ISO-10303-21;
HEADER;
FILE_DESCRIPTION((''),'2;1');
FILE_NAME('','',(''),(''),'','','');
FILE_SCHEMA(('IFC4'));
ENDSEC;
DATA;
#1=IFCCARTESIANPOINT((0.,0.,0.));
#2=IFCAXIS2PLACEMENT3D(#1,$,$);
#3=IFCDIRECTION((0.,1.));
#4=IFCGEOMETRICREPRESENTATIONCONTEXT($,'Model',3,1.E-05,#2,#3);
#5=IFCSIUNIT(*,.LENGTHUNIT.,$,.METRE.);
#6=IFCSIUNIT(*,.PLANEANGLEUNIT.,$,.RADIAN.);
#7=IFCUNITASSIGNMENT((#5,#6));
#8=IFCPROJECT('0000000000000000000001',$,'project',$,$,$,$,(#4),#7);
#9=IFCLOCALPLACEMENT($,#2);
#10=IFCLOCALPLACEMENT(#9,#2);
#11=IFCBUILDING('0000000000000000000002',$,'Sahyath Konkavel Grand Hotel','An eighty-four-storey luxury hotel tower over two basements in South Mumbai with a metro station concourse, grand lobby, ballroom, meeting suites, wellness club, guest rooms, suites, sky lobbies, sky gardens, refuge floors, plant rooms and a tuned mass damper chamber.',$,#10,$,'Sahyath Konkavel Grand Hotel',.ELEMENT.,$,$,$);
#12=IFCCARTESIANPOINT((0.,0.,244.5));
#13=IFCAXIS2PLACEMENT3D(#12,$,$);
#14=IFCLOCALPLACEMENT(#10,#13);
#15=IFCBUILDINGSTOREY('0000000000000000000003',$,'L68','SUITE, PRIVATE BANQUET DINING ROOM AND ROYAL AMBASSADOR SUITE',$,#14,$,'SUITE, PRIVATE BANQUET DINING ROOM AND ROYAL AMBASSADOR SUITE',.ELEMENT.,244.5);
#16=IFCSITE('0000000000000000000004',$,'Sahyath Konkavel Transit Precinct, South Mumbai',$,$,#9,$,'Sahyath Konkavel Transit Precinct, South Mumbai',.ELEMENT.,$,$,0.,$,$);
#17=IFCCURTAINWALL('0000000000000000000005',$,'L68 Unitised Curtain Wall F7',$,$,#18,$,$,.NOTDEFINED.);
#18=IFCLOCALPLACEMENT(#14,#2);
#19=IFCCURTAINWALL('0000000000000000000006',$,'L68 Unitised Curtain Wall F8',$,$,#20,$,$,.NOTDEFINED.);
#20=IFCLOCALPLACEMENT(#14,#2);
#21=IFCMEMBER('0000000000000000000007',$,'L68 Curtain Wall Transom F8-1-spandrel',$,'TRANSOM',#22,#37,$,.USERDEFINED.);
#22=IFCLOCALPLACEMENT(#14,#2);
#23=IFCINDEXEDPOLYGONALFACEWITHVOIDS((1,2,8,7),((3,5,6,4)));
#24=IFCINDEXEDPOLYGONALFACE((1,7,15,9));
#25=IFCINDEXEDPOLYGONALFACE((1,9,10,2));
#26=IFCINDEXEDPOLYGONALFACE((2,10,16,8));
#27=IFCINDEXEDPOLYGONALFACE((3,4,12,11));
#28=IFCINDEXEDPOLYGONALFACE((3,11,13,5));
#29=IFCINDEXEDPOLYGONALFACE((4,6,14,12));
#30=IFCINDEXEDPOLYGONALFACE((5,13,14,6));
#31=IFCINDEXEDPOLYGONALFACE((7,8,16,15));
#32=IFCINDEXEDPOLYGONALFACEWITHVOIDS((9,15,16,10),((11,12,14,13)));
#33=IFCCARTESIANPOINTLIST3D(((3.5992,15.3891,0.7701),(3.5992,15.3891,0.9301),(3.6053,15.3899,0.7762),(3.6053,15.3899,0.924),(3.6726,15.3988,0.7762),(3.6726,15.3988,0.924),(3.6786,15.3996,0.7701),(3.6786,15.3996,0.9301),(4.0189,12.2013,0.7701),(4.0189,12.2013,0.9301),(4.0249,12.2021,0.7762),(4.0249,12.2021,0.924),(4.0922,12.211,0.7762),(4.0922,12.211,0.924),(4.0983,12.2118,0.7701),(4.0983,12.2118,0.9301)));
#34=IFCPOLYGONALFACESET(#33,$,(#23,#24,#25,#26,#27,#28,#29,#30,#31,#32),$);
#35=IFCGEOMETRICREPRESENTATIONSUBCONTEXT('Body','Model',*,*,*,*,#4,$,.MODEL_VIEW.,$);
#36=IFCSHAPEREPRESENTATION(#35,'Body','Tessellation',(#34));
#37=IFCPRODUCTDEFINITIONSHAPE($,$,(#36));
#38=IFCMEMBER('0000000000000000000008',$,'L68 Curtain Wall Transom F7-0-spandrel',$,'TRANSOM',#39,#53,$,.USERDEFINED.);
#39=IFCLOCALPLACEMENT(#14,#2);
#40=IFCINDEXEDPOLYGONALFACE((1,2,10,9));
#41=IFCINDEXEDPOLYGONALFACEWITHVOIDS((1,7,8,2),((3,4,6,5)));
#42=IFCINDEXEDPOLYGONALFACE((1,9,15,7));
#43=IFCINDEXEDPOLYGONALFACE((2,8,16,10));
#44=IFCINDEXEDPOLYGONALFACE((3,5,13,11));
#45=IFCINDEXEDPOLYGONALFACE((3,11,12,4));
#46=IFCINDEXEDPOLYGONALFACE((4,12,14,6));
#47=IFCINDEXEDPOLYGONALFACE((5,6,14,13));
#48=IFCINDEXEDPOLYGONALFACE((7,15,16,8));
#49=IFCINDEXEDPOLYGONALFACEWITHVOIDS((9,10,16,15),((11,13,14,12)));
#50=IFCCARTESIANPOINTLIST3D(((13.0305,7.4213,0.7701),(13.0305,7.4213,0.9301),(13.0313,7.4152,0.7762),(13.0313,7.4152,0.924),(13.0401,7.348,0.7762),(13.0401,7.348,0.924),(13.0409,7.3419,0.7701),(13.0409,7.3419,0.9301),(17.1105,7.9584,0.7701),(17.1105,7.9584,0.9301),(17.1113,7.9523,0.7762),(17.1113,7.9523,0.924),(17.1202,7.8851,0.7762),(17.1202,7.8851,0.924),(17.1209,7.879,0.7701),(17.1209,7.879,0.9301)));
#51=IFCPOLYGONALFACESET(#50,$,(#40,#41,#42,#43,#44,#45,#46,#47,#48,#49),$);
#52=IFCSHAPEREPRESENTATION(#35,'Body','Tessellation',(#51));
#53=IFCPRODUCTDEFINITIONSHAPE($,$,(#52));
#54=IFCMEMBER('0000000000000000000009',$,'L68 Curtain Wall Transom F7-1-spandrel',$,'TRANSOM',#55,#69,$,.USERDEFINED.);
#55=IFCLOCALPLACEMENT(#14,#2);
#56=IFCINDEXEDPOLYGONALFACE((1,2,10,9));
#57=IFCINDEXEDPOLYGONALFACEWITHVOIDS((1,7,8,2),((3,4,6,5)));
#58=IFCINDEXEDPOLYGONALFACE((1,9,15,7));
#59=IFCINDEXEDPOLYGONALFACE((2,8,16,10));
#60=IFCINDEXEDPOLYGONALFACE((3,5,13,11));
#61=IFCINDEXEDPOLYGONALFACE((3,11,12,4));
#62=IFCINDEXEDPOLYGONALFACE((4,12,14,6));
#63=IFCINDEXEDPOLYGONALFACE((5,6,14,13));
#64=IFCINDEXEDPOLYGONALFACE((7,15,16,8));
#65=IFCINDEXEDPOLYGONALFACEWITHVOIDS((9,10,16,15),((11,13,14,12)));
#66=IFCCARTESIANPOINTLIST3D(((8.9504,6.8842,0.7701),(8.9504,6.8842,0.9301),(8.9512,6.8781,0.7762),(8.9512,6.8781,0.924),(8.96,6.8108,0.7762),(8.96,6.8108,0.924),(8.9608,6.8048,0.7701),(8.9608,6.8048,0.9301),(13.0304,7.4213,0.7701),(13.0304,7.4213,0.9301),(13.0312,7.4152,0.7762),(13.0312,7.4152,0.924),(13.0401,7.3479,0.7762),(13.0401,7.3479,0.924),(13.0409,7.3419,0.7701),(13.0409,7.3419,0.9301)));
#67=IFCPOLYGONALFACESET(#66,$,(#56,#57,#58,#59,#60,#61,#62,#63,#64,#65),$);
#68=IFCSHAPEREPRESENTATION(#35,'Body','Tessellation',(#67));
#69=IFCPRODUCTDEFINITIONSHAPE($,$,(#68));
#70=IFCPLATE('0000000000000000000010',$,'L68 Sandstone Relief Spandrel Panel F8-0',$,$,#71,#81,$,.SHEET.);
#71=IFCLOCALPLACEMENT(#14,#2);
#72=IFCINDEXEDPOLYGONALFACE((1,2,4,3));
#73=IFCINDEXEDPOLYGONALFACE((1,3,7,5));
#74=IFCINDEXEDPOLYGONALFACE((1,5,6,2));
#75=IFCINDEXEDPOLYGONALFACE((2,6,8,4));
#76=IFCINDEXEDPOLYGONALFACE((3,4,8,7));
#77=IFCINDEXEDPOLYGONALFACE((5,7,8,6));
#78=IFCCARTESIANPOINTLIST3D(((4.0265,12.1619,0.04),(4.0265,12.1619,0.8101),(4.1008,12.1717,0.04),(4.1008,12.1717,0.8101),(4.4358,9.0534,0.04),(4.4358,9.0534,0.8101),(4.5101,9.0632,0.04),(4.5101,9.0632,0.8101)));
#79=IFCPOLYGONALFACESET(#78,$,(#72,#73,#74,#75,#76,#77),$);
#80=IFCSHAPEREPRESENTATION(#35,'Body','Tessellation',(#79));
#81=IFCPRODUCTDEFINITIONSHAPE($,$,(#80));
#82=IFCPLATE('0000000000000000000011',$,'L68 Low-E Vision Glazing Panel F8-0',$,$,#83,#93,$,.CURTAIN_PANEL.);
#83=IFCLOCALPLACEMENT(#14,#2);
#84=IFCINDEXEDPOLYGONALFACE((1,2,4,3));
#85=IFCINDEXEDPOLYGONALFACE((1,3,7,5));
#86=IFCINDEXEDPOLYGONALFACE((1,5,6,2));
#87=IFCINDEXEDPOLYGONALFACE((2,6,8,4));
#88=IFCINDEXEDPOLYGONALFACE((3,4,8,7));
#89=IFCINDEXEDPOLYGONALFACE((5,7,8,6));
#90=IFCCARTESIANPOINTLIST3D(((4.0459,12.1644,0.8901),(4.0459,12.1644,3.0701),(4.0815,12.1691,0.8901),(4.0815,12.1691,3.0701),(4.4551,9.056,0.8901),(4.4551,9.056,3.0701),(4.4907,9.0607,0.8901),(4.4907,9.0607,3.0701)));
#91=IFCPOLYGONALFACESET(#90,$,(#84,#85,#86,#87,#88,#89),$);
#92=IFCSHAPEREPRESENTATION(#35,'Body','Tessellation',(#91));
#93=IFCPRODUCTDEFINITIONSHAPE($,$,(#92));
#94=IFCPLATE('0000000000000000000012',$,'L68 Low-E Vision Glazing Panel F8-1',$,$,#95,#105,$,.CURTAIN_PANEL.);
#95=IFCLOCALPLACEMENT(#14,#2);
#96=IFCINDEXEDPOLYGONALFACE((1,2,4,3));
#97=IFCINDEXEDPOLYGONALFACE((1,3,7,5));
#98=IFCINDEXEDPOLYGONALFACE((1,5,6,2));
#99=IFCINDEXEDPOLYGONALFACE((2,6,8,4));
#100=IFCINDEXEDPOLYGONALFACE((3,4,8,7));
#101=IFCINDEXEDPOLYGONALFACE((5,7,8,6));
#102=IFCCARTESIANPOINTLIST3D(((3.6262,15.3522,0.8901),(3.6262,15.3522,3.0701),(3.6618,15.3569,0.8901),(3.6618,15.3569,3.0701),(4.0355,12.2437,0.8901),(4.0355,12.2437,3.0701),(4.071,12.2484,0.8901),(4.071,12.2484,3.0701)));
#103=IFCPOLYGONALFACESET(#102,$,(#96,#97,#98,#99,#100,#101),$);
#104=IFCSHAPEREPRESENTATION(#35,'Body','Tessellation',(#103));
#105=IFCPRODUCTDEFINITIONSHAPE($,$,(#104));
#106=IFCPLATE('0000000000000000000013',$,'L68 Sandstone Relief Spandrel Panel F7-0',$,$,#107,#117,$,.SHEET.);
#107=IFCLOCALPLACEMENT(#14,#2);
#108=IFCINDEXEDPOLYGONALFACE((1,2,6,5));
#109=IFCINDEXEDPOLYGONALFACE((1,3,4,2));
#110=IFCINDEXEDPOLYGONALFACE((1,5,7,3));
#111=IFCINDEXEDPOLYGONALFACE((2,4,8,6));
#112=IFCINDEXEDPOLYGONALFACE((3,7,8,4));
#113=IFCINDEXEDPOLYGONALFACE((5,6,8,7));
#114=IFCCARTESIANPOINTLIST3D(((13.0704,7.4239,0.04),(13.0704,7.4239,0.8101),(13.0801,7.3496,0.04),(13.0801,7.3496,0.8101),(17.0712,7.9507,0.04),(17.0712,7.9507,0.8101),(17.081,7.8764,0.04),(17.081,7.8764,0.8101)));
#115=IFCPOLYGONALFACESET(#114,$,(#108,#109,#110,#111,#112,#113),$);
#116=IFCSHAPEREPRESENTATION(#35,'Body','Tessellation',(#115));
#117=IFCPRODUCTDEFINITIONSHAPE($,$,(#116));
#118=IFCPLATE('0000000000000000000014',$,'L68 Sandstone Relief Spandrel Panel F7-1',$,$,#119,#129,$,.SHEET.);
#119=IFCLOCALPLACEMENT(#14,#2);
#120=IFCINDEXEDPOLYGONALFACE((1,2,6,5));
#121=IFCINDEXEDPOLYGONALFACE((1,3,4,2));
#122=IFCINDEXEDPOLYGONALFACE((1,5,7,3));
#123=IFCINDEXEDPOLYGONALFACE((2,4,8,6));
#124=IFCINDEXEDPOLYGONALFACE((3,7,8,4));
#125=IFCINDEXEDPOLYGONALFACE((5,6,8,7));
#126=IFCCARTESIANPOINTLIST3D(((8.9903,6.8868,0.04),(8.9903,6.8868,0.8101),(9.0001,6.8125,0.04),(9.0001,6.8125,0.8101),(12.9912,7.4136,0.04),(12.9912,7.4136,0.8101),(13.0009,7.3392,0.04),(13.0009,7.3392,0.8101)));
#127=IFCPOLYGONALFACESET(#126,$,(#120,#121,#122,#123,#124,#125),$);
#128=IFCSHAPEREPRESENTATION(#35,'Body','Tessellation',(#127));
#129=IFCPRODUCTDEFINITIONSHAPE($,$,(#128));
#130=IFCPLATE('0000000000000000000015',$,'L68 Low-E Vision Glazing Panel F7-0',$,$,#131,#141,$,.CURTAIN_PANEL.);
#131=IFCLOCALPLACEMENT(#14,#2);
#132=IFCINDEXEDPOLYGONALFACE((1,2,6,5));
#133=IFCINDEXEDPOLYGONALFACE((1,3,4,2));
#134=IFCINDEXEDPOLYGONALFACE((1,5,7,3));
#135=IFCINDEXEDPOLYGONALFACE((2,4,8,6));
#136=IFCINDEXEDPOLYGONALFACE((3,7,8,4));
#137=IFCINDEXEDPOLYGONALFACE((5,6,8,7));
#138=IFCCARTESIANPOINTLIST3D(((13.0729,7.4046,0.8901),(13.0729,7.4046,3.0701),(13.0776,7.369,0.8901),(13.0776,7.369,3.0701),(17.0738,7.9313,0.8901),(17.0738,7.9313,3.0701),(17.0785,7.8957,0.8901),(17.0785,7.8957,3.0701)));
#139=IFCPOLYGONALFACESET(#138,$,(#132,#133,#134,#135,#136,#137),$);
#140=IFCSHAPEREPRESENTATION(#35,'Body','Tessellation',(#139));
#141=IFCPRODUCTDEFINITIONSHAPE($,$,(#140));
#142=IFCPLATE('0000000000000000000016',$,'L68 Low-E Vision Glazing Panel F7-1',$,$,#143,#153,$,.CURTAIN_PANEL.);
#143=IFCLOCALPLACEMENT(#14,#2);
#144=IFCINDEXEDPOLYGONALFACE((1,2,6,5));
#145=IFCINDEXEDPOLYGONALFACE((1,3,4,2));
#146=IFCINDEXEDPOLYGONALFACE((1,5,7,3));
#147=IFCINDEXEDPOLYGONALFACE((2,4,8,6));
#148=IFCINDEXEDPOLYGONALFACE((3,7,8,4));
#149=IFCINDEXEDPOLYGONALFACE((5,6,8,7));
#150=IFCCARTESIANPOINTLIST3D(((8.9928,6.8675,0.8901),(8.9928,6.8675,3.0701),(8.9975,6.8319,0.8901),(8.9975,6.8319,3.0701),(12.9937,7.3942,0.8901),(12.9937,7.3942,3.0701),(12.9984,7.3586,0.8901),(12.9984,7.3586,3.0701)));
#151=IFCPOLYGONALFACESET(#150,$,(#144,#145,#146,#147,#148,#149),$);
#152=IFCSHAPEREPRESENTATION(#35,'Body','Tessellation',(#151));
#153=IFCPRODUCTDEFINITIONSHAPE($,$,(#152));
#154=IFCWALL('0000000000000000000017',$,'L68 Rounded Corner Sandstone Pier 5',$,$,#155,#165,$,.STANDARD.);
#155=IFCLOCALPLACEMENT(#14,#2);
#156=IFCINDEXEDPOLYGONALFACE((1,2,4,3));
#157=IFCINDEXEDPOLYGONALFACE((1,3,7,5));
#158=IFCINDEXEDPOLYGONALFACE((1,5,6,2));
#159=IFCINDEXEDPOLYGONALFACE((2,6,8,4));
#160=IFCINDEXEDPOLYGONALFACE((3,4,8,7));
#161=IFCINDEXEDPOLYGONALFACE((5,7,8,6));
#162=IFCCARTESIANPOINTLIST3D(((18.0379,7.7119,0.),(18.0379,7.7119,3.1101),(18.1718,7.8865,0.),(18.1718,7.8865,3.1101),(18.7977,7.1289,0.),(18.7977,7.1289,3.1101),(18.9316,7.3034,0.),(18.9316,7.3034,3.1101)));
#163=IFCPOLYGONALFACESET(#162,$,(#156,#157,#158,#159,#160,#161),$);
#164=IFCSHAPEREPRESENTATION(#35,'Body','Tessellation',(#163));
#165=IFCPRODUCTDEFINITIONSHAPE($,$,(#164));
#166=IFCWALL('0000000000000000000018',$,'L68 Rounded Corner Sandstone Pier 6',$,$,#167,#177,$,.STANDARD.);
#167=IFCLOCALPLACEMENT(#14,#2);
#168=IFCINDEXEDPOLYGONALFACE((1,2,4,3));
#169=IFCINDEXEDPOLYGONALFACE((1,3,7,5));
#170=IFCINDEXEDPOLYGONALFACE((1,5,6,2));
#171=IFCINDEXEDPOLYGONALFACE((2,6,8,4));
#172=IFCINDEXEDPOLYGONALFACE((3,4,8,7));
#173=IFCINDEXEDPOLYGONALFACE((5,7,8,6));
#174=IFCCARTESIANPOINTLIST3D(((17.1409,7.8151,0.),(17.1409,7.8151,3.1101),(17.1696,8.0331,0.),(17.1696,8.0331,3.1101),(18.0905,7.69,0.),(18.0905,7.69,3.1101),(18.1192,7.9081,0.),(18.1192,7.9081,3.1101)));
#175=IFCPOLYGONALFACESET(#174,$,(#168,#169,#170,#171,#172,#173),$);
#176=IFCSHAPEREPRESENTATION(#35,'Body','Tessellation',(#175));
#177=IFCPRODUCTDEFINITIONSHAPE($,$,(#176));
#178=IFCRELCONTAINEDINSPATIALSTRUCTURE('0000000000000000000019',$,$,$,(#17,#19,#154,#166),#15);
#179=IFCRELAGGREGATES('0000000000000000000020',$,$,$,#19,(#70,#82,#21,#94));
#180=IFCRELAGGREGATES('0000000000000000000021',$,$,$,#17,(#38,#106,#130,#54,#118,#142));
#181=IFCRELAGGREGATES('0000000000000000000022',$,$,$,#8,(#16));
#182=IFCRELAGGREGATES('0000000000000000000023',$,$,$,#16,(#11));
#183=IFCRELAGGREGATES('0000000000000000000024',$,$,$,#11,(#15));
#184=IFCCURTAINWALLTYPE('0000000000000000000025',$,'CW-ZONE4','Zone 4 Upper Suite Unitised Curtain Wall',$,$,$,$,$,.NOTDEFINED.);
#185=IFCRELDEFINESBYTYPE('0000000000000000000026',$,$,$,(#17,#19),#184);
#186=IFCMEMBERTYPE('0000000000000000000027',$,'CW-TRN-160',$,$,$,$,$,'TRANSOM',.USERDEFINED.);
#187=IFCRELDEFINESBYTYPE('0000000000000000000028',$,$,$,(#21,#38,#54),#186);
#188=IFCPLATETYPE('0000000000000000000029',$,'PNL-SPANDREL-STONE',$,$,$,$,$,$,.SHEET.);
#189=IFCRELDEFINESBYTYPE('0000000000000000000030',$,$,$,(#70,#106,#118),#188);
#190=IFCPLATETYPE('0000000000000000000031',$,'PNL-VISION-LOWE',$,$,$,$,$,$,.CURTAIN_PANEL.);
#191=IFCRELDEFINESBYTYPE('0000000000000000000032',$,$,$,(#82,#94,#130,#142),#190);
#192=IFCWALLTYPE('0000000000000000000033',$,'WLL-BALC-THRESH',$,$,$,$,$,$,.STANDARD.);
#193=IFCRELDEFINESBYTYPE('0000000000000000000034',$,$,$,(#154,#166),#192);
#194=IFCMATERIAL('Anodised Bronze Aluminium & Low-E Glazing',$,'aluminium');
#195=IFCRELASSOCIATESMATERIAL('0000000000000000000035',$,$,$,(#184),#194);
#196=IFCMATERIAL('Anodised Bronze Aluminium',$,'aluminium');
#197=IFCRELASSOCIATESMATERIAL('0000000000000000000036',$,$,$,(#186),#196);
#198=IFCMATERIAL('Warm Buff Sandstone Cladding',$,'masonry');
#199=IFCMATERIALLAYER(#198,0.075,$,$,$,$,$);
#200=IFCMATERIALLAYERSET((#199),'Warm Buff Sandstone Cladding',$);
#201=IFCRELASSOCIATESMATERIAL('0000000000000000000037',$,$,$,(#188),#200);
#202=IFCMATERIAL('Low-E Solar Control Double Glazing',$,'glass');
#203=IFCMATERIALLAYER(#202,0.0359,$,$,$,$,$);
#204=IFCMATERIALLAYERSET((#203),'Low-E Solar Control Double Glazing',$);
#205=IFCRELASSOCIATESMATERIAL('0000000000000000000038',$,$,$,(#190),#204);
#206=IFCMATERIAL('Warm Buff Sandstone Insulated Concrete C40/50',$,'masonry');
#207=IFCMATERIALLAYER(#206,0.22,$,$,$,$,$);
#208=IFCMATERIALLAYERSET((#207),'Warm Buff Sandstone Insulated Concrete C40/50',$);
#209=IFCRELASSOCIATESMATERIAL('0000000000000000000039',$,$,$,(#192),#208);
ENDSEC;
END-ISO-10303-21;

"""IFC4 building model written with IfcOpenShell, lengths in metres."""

from ifc_helpers import new_model, si_unit, direction, frame, frame_2d, origin, origin_2d, place, context, subcontext, project, spatial, rectangle, hollow_rectangle, extrude, source, transform, mapped, material, layer, layer_set, material_profile, profile_set, type_object, element, aggregate, save


model = new_model("IFC4")

# Units and contexts
model_context = context("Model", 3, precision=1e-05, world=origin(), true_north=direction((0.0, 1.0)))
body_context = subcontext(model_context, "Body", "Model", "MODEL_VIEW")
ifc_project = project(units=[si_unit("LENGTHUNIT", "METRE"), si_unit("PLANEANGLEUNIT", "RADIAN")], contexts=[model_context])

# Site, building, storey
site_placement = place(None, origin())
site = spatial("IfcSite", under=ifc_project, at=site_placement, Name="Sahyath Konkavel Transit Precinct, South Mumbai", LongName="Sahyath Konkavel Transit Precinct, South Mumbai", CompositionType="ELEMENT", RefElevation=0.0)
building_placement = place(site_placement, origin())
building = spatial("IfcBuilding", under=site, at=building_placement, Name="Sahyath Konkavel Grand Hotel", Description="An eighty-four-storey luxury hotel tower over two basements in South Mumbai with a metro station concourse, grand lobby, ballroom, meeting suites, wellness club, guest rooms, suites, sky lobbies, sky gardens, refuge floors, plant rooms and a tuned mass damper chamber.", LongName="Sahyath Konkavel Grand Hotel", CompositionType="ELEMENT")
storey_placement = place(building_placement, frame((0.0, 0.0, 244.5)))
storey = spatial("IfcBuildingStorey", under=building, at=storey_placement, Name="L68", Description="SUITE, PRIVATE BANQUET DINING ROOM AND ROYAL AMBASSADOR SUITE", LongName="SUITE, PRIVATE BANQUET DINING ROOM AND ROYAL AMBASSADOR SUITE", CompositionType="ELEMENT", Elevation=244.5)

# Curtain walls
ifc_material_1 = material(Name="Anodised Bronze Aluminium & Low-E Glazing", Category="aluminium")
curtain_wall_type = type_object("IfcCurtainWallType", Name="CW-ZONE4", Description="Zone 4 Upper Suite Unitised Curtain Wall", PredefinedType="NOTDEFINED", material=ifc_material_1)
curtain_wall_1_placement = place(storey_placement, origin())
curtain_wall_1 = element("IfcCurtainWall", 1, at=curtain_wall_1_placement, inside=storey, type_object=curtain_wall_type, Name="L68 Unitised Curtain Wall F7", PredefinedType="NOTDEFINED")
curtain_wall_2_placement = place(storey_placement, origin())
curtain_wall_2 = element("IfcCurtainWall", 2, at=curtain_wall_2_placement, inside=storey, type_object=curtain_wall_type, Name="L68 Unitised Curtain Wall F8", PredefinedType="NOTDEFINED")
ifc_material_2 = material(Name="Anodised Bronze Aluminium", Category="aluminium")

# Members
ifc_material_profile_1 = material_profile(ifc_material_2, hollow_rectangle(XDim=0.0801, YDim=0.1599, WallThickness=0.0061, at=origin_2d()), Name="RHS 160x80x6")
ifc_profile_set_1 = profile_set([ifc_material_profile_1], Name="Anodised Bronze Aluminium")
member_type_1 = type_object("IfcMemberType", Name="CW-TRN-160", ElementType="TRANSOM", PredefinedType="USERDEFINED", material=ifc_profile_set_1)
shared_shape_1 = source(origin(), body_context, "Body", "SweptSolid", [
    extrude(hollow_rectangle(XDim=0.0801, YDim=0.1599, WallThickness=0.0061, at=origin_2d()), origin(), (0.0, 0.0, 1.0), 3.2153),
])
member_1_placement = place(storey_placement, frame((4.0586, 12.2065, 0.8501), z_axis=(-0.130527, 0.991445, 0.0), x_axis=(-0.991445, -0.130527, 0.0)))
member_1 = element("IfcMember", 3, at=member_1_placement, type_object=member_type_1, Name="L68 Curtain Wall Transom F8-1-spandrel", ObjectType="TRANSOM", PredefinedType="USERDEFINED", context=body_context, shape_type="MappedRepresentation", body=[
    mapped(shared_shape_1, transform((0.0, 0.0, 0.0), scale=1.0)),
])
shared_shape_2 = source(origin(), body_context, "Body", "SweptSolid", [
    extrude(hollow_rectangle(XDim=0.0801, YDim=0.1599, WallThickness=0.0061, at=origin_2d()), origin(), (0.0, 0.0, 1.0), 4.1152),
])
member_2_placement = place(storey_placement, frame((17.1157, 7.9187, 0.8501), z_axis=(-0.991446, -0.130516, 0.0), x_axis=(0.130516, -0.991446, 0.0)))
member_2 = element("IfcMember", 4, at=member_2_placement, type_object=member_type_1, Name="L68 Curtain Wall Transom F7-0-spandrel", ObjectType="TRANSOM", PredefinedType="USERDEFINED", context=body_context, shape_type="MappedRepresentation", body=[
    mapped(shared_shape_2, transform((0.0, 0.0, 0.0), scale=1.0)),
])
member_3_placement = place(storey_placement, frame((13.0356, 7.3816, 0.8501), z_axis=(-0.991446, -0.130516, 0.0), x_axis=(0.130516, -0.991446, 0.0)))
member_3 = element("IfcMember", 5, at=member_3_placement, type_object=member_type_1, Name="L68 Curtain Wall Transom F7-1-spandrel", ObjectType="TRANSOM", PredefinedType="USERDEFINED", context=body_context, shape_type="MappedRepresentation", body=[
    mapped(shared_shape_2, transform((0.0, 0.0, 0.0), scale=1.0)),
])

# Plates
ifc_material_3 = material(Name="Warm Buff Sandstone Cladding", Category="masonry")
ifc_layer_1 = layer(ifc_material_3, 0.075)
ifc_layer_set_1 = layer_set([ifc_layer_1], Name="Warm Buff Sandstone Cladding")
plate_type_1 = type_object("IfcPlateType", Name="PNL-SPANDREL-STONE", PredefinedType="SHEET", material=ifc_layer_set_1)
shared_shape_3 = source(origin(), body_context, "Body", "SweptSolid", [
    extrude(rectangle(XDim=3.1353, YDim=0.075, at=origin_2d()), origin(), (0.0, 0.0, 1.0), 0.77),
])
plate_1_placement = place(storey_placement, frame((4.2683, 10.6125, 0.04), z_axis=(0.0, 0.0, 1.0), x_axis=(-0.130526, 0.991445, 0.0)))
plate_1 = element("IfcPlate", 6, at=plate_1_placement, type_object=plate_type_1, Name="L68 Sandstone Relief Spandrel Panel F8-0", PredefinedType="SHEET", context=body_context, shape_type="MappedRepresentation", body=[
    mapped(shared_shape_3, transform((0.0, 0.0, 0.0), scale=1.0)),
])
ifc_material_4 = material(Name="Low-E Solar Control Double Glazing", Category="glass")
ifc_layer_2 = layer(ifc_material_4, 0.0359)
ifc_layer_set_2 = layer_set([ifc_layer_2], Name="Low-E Solar Control Double Glazing")
plate_type_2 = type_object("IfcPlateType", Name="PNL-VISION-LOWE", PredefinedType="CURTAIN_PANEL", material=ifc_layer_set_2)
shared_shape_4 = source(origin(), body_context, "Body", "SweptSolid", [
    extrude(rectangle(XDim=3.1353, YDim=0.0359, at=origin_2d()), origin(), (0.0, 0.0, 1.0), 2.1799),
])
plate_2_placement = place(storey_placement, frame((4.2683, 10.6125, 0.8901), z_axis=(0.0, 0.0, 1.0), x_axis=(-0.130526, 0.991445, 0.0)))
plate_2 = element("IfcPlate", 7, at=plate_2_placement, type_object=plate_type_2, Name="L68 Low-E Vision Glazing Panel F8-0", PredefinedType="CURTAIN_PANEL", context=body_context, shape_type="MappedRepresentation", body=[
    mapped(shared_shape_4, transform((0.0, 0.0, 0.0), scale=1.0)),
])
plate_3_placement = place(storey_placement, frame((3.8486, 13.8003, 0.8901), z_axis=(0.0, 0.0, 1.0), x_axis=(-0.130526, 0.991445, 0.0)))
plate_3 = element("IfcPlate", 8, at=plate_3_placement, type_object=plate_type_2, Name="L68 Low-E Vision Glazing Panel F8-1", PredefinedType="CURTAIN_PANEL", context=body_context, shape_type="MappedRepresentation", body=[
    mapped(shared_shape_4, transform((0.0, 0.0, 0.0), scale=1.0)),
])
aggregate(curtain_wall_2, [plate_1, plate_2, member_1, plate_3])
shared_shape_5 = source(origin(), body_context, "Body", "SweptSolid", [
    extrude(rectangle(XDim=4.0354, YDim=0.075, at=origin_2d()), origin(), (0.0, 0.0, 1.0), 0.77),
])
plate_4_placement = place(storey_placement, frame((15.0757, 7.6501, 0.04), z_axis=(0.0, 0.0, 1.0), x_axis=(-0.991445, -0.130526, 0.0)))
plate_4 = element("IfcPlate", 9, at=plate_4_placement, type_object=plate_type_1, Name="L68 Sandstone Relief Spandrel Panel F7-0", PredefinedType="SHEET", context=body_context, shape_type="MappedRepresentation", body=[
    mapped(shared_shape_5, transform((0.0, 0.0, 0.0), scale=1.0)),
])
plate_5_placement = place(storey_placement, frame((10.9956, 7.113, 0.04), z_axis=(0.0, 0.0, 1.0), x_axis=(-0.991445, -0.130526, 0.0)))
plate_5 = element("IfcPlate", 10, at=plate_5_placement, type_object=plate_type_1, Name="L68 Sandstone Relief Spandrel Panel F7-1", PredefinedType="SHEET", context=body_context, shape_type="MappedRepresentation", body=[
    mapped(shared_shape_5, transform((0.0, 0.0, 0.0), scale=1.0)),
])
shared_shape_6 = source(origin(), body_context, "Body", "SweptSolid", [
    extrude(rectangle(XDim=4.0354, YDim=0.0359, at=origin_2d()), origin(), (0.0, 0.0, 1.0), 2.1799),
])
plate_6_placement = place(storey_placement, frame((15.0757, 7.6501, 0.8901), z_axis=(0.0, 0.0, 1.0), x_axis=(-0.991445, -0.130526, 0.0)))
plate_6 = element("IfcPlate", 11, at=plate_6_placement, type_object=plate_type_2, Name="L68 Low-E Vision Glazing Panel F7-0", PredefinedType="CURTAIN_PANEL", context=body_context, shape_type="MappedRepresentation", body=[
    mapped(shared_shape_6, transform((0.0, 0.0, 0.0), scale=1.0)),
])
plate_7_placement = place(storey_placement, frame((10.9956, 7.113, 0.8901), z_axis=(0.0, 0.0, 1.0), x_axis=(-0.991445, -0.130526, 0.0)))
plate_7 = element("IfcPlate", 12, at=plate_7_placement, type_object=plate_type_2, Name="L68 Low-E Vision Glazing Panel F7-1", PredefinedType="CURTAIN_PANEL", context=body_context, shape_type="MappedRepresentation", body=[
    mapped(shared_shape_6, transform((0.0, 0.0, 0.0), scale=1.0)),
])
aggregate(curtain_wall_1, [member_2, plate_4, plate_6, member_3, plate_5, plate_7])

# Walls
ifc_material_5 = material(Name="Warm Buff Sandstone Insulated Concrete C40/50", Category="masonry")
ifc_layer_3 = layer(ifc_material_5, 0.22)
ifc_layer_set_3 = layer_set([ifc_layer_3], Name="Warm Buff Sandstone Insulated Concrete C40/50")
wall_type_1 = type_object("IfcWallType", Name="WLL-BALC-THRESH", PredefinedType="STANDARD", material=ifc_layer_set_3)
for number, where, z_axis, x_axis, name in (
    (13, (18.8647, 7.2161, 0.0), (0.0, 0.0, 1.0), (-0.793344, 0.608774, 0.0), "L68 Rounded Corner Sandstone Pier 5"),
    (14, (18.105, 7.7991, 0.0), (0.0, 0.0, 1.0), (-0.991445, 0.130527, 0.0), "L68 Rounded Corner Sandstone Pier 6"),
):
    element("IfcWall", number, at=place(storey_placement, frame(where, z_axis=z_axis, x_axis=x_axis)), inside=storey, type_object=wall_type_1, Name=name, PredefinedType="STANDARD", context=body_context, shape_type="SweptSolid", body=[
        extrude(rectangle(XDim=0.9578, YDim=0.22, at=frame_2d((0.479, 0.0))), origin(), (0.0, 0.0, 1.0), 3.1101),
    ])

save(model, "model.ifc")
